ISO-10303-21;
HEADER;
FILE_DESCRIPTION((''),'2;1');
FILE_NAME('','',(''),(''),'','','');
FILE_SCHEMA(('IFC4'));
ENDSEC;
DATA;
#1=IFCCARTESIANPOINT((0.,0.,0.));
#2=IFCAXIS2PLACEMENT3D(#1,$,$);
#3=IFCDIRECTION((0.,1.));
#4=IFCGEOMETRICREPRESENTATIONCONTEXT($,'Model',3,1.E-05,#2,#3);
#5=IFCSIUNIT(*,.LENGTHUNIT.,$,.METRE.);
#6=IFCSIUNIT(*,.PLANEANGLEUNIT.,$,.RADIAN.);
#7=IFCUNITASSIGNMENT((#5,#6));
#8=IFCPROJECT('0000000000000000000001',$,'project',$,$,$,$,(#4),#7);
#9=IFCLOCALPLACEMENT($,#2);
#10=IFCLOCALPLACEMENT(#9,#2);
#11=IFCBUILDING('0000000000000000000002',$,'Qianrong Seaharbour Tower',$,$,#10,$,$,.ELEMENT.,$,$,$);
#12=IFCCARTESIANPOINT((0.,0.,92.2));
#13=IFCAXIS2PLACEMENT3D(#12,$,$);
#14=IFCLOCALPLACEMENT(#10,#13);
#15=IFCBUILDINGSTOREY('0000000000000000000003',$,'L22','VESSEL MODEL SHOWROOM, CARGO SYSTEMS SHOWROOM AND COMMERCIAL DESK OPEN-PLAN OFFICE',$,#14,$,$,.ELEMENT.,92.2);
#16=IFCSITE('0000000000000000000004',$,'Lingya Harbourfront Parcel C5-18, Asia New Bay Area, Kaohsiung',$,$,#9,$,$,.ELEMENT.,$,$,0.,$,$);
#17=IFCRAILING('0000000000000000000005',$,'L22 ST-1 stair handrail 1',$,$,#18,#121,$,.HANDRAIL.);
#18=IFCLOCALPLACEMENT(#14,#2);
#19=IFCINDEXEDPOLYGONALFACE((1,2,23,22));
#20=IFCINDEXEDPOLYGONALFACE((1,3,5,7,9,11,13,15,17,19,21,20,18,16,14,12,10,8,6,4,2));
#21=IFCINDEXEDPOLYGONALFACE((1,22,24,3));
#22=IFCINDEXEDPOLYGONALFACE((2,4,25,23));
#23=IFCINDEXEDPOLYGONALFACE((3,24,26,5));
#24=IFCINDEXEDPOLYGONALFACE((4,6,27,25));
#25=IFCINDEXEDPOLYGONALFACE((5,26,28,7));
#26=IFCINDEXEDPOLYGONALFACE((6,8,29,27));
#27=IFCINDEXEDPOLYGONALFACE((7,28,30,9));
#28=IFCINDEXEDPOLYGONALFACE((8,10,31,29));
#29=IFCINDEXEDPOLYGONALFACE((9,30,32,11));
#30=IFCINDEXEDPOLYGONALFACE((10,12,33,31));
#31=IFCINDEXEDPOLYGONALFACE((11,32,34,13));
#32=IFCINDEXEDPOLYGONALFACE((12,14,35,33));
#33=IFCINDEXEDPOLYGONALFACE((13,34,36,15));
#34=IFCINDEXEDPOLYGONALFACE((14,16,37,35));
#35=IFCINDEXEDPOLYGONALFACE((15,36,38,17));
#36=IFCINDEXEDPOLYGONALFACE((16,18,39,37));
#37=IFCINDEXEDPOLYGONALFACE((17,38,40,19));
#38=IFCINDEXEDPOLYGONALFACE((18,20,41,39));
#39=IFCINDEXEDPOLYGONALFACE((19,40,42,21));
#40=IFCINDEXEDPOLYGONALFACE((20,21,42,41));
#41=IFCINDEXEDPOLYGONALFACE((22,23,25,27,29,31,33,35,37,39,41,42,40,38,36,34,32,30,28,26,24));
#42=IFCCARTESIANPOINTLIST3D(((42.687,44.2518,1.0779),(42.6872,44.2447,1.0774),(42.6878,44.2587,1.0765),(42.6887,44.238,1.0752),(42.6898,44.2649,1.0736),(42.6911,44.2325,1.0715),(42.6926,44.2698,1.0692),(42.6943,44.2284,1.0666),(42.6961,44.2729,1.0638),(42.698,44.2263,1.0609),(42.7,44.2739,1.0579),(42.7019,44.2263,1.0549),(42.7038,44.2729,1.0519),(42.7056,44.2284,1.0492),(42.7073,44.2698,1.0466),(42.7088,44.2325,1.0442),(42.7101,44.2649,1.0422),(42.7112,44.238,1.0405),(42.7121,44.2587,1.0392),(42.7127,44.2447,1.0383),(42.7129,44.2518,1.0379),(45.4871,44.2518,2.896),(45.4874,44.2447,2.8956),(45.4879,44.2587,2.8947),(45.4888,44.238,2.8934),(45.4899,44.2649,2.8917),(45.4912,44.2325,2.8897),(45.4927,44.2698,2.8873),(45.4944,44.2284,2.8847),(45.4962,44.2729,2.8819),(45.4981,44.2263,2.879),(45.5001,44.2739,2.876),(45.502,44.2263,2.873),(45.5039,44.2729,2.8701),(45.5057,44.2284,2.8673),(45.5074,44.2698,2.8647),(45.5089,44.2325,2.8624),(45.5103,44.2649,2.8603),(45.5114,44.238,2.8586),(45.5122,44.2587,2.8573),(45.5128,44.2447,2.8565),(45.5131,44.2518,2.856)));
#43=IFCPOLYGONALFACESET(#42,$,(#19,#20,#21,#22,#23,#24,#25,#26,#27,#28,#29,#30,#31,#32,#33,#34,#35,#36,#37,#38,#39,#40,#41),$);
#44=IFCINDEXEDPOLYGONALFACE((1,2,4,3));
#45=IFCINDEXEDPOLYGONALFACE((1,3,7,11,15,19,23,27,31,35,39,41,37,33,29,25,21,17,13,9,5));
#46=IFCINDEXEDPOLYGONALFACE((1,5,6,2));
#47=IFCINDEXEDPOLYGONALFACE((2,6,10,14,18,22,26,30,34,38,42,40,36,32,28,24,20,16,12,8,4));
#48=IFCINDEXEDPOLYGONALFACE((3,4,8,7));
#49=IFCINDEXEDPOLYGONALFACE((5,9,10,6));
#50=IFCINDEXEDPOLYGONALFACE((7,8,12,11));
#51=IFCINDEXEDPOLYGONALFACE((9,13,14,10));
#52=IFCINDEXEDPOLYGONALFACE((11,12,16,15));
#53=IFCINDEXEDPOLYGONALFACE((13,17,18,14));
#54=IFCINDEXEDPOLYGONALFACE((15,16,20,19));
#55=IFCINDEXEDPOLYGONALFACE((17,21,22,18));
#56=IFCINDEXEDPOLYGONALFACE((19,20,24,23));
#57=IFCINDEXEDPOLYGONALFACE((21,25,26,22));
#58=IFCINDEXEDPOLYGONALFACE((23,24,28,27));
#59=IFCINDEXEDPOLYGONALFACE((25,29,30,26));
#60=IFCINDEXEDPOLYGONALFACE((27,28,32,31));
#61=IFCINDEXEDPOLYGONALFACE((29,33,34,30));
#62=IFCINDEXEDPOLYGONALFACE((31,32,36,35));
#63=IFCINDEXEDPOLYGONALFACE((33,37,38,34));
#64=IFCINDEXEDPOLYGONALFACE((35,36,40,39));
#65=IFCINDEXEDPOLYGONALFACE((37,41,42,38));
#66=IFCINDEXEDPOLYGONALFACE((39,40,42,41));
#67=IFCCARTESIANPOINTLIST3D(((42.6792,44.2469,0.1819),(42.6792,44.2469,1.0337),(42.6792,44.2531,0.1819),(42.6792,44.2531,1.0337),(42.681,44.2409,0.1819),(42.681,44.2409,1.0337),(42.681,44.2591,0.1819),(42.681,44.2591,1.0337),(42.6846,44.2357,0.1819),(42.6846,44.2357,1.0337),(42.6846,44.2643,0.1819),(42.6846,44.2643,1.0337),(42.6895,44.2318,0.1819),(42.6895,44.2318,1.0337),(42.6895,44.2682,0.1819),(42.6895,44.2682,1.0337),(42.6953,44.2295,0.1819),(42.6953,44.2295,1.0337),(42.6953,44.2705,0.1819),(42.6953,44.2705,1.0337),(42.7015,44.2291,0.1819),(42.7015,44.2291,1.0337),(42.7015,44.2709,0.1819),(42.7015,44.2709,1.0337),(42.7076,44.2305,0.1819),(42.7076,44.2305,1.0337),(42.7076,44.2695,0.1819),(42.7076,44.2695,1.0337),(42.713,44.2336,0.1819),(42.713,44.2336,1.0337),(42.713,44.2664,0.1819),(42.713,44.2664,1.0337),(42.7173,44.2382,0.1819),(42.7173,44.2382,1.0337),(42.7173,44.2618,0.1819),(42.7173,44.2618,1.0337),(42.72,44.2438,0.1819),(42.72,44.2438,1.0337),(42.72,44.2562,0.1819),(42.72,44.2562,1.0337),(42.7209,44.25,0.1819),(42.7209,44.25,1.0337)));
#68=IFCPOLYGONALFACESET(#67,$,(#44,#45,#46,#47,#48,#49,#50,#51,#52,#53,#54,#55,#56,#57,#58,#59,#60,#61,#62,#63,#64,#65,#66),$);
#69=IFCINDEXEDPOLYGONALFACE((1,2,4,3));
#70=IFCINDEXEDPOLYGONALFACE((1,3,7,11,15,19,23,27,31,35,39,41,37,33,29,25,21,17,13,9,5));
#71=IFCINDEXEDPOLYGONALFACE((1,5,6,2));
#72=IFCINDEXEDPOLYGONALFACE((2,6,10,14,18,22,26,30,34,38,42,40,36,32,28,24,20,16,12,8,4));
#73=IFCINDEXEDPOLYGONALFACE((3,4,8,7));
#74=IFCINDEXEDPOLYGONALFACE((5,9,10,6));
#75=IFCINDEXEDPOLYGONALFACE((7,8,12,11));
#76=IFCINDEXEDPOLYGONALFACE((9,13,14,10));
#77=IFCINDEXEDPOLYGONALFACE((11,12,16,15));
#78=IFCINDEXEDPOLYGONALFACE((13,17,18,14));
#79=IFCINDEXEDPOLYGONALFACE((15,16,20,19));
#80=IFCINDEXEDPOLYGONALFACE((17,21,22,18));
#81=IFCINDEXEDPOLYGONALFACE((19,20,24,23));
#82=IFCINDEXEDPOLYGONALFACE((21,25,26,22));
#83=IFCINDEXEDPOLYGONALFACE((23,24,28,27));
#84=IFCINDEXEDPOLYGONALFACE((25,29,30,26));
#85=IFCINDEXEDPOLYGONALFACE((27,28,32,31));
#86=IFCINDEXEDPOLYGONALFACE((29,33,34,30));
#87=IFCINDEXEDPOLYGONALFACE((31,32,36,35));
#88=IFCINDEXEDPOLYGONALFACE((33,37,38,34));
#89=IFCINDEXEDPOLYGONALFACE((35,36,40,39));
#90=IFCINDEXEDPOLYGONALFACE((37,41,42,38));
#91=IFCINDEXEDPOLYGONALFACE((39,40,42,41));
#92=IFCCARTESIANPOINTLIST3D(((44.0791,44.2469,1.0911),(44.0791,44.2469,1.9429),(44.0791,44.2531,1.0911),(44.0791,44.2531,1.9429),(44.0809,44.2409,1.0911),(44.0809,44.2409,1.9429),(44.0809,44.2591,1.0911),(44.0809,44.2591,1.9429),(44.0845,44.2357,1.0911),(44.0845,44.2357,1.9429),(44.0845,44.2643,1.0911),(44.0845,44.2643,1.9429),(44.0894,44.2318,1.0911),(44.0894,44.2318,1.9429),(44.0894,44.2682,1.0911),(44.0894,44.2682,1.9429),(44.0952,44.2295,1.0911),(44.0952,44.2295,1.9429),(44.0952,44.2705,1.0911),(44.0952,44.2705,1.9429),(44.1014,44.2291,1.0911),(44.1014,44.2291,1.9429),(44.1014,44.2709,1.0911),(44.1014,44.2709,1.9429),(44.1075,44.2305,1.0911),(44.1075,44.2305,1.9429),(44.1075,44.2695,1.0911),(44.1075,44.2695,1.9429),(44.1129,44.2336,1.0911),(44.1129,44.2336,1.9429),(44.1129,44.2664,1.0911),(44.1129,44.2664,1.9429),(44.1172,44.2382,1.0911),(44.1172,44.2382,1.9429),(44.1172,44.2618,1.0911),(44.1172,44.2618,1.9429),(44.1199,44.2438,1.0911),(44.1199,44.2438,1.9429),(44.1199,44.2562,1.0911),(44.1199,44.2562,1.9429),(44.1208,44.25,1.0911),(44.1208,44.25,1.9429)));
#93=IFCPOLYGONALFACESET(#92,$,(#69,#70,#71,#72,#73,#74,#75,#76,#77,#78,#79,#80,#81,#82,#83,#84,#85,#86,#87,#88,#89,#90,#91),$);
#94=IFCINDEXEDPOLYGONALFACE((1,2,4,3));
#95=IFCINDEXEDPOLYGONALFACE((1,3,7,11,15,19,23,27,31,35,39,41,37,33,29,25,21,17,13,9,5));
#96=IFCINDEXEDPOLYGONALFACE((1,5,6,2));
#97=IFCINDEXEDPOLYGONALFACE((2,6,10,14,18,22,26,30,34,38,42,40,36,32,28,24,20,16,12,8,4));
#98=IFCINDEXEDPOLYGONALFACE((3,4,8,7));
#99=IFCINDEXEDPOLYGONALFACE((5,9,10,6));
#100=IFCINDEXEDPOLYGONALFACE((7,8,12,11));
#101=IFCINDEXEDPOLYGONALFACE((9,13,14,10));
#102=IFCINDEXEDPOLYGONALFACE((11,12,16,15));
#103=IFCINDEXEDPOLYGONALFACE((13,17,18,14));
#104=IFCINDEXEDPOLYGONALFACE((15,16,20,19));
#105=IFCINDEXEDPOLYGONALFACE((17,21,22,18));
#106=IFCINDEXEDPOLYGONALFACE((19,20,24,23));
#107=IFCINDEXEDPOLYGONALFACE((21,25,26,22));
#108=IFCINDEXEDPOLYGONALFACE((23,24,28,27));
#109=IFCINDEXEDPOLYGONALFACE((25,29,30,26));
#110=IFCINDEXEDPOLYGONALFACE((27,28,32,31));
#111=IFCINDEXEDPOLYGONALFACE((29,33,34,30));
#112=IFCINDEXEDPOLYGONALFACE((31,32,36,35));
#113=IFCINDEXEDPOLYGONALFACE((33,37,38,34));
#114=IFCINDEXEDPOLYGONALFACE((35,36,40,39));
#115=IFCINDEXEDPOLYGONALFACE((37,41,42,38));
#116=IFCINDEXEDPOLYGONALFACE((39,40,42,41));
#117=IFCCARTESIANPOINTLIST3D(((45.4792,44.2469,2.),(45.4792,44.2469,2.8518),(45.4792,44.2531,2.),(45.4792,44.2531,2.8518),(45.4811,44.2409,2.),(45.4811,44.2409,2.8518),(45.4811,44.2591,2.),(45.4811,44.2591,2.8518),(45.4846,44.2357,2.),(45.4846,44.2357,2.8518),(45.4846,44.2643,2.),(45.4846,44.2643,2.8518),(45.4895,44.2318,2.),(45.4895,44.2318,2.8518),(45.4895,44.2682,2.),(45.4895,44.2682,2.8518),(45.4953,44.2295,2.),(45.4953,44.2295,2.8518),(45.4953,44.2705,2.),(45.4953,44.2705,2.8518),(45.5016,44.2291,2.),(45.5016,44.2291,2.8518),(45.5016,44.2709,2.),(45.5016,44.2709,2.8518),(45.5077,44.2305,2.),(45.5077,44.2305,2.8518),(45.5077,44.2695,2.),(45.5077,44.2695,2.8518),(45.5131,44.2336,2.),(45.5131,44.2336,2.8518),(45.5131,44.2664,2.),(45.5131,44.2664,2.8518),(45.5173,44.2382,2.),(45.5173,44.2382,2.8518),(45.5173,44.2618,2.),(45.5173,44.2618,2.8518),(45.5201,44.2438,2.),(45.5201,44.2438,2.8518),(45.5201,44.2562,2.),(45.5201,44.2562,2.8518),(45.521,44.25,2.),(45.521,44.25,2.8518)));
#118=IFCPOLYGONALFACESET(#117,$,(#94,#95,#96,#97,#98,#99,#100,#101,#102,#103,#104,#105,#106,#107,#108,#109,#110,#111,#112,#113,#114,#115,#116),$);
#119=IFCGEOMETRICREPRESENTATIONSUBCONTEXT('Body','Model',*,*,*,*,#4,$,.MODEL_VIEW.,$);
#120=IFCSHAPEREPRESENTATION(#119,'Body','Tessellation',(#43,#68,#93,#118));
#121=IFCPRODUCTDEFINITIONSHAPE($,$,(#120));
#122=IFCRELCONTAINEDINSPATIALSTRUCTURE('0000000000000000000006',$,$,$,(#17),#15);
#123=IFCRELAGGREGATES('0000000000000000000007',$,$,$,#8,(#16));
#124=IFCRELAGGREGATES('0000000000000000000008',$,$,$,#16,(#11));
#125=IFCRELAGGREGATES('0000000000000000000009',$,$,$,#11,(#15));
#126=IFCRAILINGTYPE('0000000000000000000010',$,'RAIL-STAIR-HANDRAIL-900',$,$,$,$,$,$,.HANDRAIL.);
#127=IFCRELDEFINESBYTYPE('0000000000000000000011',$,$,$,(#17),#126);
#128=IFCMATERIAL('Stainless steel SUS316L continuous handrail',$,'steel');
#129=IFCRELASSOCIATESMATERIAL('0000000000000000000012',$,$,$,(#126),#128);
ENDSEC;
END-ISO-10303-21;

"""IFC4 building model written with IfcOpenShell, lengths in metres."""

from ifc_helpers import new_model, si_unit, direction, frame, origin, origin_2d, place, context, subcontext, project, spatial, circle, extrude, material, type_object, element, save


model = new_model("IFC4")

# Units and contexts
model_context = context("Model", 3, precision=1e-05, world=origin(), true_north=direction((0.0, 1.0)))
body_context = subcontext(model_context, "Body", "Model", "MODEL_VIEW")
ifc_project = project(units=[si_unit("LENGTHUNIT", "METRE"), si_unit("PLANEANGLEUNIT", "RADIAN")], contexts=[model_context])

# Site, building, storey
site_placement = place(None, origin())
site = spatial("IfcSite", under=ifc_project, at=site_placement, Name="Lingya Harbourfront Parcel C5-18, Asia New Bay Area, Kaohsiung", CompositionType="ELEMENT", RefElevation=0.0)
building_placement = place(site_placement, origin())
building = spatial("IfcBuilding", under=site, at=building_placement, Name="Qianrong Seaharbour Tower", CompositionType="ELEMENT")
storey_placement = place(building_placement, frame((0.0, 0.0, 92.2)))
storey = spatial("IfcBuildingStorey", under=building, at=storey_placement, Name="L22", Description="VESSEL MODEL SHOWROOM, CARGO SYSTEMS SHOWROOM AND COMMERCIAL DESK OPEN-PLAN OFFICE", CompositionType="ELEMENT", Elevation=92.2)

# Railing
ifc_material_1 = material(Name="Stainless steel SUS316L continuous handrail", Category="steel")
railing_type = type_object("IfcRailingType", Name="RAIL-STAIR-HANDRAIL-900", PredefinedType="HANDRAIL", material=ifc_material_1)
railing_placement = place(storey_placement, frame((42.7, 44.25, 0.1819)))
element("IfcRailing", 1, at=railing_placement, inside=storey, type_object=railing_type, Name="L22 ST-1 stair handrail 1", PredefinedType="HANDRAIL", context=body_context, shape_type="SweptSolid", body=[
    extrude(circle(Radius=0.0239, at=origin_2d()), frame((0.0, 0.0, 0.876), z_axis=(0.838706, 0.0, 0.544585), x_axis=(0.0, 1.0, 0.0)), (0.0, 0.0, 1.0), 3.3386),
    extrude(circle(Radius=0.021, at=origin_2d()), origin(), (0.0, 0.0, 1.0), 0.8518),
    extrude(circle(Radius=0.021, at=origin_2d()), frame((1.3999, 0.0, 0.9092)), (0.0, 0.0, 1.0), 0.8518),
    extrude(circle(Radius=0.021, at=origin_2d()), frame((2.8, 0.0, 1.8181)), (0.0, 0.0, 1.0), 0.8518),
])

save(model, "model.ifc")
